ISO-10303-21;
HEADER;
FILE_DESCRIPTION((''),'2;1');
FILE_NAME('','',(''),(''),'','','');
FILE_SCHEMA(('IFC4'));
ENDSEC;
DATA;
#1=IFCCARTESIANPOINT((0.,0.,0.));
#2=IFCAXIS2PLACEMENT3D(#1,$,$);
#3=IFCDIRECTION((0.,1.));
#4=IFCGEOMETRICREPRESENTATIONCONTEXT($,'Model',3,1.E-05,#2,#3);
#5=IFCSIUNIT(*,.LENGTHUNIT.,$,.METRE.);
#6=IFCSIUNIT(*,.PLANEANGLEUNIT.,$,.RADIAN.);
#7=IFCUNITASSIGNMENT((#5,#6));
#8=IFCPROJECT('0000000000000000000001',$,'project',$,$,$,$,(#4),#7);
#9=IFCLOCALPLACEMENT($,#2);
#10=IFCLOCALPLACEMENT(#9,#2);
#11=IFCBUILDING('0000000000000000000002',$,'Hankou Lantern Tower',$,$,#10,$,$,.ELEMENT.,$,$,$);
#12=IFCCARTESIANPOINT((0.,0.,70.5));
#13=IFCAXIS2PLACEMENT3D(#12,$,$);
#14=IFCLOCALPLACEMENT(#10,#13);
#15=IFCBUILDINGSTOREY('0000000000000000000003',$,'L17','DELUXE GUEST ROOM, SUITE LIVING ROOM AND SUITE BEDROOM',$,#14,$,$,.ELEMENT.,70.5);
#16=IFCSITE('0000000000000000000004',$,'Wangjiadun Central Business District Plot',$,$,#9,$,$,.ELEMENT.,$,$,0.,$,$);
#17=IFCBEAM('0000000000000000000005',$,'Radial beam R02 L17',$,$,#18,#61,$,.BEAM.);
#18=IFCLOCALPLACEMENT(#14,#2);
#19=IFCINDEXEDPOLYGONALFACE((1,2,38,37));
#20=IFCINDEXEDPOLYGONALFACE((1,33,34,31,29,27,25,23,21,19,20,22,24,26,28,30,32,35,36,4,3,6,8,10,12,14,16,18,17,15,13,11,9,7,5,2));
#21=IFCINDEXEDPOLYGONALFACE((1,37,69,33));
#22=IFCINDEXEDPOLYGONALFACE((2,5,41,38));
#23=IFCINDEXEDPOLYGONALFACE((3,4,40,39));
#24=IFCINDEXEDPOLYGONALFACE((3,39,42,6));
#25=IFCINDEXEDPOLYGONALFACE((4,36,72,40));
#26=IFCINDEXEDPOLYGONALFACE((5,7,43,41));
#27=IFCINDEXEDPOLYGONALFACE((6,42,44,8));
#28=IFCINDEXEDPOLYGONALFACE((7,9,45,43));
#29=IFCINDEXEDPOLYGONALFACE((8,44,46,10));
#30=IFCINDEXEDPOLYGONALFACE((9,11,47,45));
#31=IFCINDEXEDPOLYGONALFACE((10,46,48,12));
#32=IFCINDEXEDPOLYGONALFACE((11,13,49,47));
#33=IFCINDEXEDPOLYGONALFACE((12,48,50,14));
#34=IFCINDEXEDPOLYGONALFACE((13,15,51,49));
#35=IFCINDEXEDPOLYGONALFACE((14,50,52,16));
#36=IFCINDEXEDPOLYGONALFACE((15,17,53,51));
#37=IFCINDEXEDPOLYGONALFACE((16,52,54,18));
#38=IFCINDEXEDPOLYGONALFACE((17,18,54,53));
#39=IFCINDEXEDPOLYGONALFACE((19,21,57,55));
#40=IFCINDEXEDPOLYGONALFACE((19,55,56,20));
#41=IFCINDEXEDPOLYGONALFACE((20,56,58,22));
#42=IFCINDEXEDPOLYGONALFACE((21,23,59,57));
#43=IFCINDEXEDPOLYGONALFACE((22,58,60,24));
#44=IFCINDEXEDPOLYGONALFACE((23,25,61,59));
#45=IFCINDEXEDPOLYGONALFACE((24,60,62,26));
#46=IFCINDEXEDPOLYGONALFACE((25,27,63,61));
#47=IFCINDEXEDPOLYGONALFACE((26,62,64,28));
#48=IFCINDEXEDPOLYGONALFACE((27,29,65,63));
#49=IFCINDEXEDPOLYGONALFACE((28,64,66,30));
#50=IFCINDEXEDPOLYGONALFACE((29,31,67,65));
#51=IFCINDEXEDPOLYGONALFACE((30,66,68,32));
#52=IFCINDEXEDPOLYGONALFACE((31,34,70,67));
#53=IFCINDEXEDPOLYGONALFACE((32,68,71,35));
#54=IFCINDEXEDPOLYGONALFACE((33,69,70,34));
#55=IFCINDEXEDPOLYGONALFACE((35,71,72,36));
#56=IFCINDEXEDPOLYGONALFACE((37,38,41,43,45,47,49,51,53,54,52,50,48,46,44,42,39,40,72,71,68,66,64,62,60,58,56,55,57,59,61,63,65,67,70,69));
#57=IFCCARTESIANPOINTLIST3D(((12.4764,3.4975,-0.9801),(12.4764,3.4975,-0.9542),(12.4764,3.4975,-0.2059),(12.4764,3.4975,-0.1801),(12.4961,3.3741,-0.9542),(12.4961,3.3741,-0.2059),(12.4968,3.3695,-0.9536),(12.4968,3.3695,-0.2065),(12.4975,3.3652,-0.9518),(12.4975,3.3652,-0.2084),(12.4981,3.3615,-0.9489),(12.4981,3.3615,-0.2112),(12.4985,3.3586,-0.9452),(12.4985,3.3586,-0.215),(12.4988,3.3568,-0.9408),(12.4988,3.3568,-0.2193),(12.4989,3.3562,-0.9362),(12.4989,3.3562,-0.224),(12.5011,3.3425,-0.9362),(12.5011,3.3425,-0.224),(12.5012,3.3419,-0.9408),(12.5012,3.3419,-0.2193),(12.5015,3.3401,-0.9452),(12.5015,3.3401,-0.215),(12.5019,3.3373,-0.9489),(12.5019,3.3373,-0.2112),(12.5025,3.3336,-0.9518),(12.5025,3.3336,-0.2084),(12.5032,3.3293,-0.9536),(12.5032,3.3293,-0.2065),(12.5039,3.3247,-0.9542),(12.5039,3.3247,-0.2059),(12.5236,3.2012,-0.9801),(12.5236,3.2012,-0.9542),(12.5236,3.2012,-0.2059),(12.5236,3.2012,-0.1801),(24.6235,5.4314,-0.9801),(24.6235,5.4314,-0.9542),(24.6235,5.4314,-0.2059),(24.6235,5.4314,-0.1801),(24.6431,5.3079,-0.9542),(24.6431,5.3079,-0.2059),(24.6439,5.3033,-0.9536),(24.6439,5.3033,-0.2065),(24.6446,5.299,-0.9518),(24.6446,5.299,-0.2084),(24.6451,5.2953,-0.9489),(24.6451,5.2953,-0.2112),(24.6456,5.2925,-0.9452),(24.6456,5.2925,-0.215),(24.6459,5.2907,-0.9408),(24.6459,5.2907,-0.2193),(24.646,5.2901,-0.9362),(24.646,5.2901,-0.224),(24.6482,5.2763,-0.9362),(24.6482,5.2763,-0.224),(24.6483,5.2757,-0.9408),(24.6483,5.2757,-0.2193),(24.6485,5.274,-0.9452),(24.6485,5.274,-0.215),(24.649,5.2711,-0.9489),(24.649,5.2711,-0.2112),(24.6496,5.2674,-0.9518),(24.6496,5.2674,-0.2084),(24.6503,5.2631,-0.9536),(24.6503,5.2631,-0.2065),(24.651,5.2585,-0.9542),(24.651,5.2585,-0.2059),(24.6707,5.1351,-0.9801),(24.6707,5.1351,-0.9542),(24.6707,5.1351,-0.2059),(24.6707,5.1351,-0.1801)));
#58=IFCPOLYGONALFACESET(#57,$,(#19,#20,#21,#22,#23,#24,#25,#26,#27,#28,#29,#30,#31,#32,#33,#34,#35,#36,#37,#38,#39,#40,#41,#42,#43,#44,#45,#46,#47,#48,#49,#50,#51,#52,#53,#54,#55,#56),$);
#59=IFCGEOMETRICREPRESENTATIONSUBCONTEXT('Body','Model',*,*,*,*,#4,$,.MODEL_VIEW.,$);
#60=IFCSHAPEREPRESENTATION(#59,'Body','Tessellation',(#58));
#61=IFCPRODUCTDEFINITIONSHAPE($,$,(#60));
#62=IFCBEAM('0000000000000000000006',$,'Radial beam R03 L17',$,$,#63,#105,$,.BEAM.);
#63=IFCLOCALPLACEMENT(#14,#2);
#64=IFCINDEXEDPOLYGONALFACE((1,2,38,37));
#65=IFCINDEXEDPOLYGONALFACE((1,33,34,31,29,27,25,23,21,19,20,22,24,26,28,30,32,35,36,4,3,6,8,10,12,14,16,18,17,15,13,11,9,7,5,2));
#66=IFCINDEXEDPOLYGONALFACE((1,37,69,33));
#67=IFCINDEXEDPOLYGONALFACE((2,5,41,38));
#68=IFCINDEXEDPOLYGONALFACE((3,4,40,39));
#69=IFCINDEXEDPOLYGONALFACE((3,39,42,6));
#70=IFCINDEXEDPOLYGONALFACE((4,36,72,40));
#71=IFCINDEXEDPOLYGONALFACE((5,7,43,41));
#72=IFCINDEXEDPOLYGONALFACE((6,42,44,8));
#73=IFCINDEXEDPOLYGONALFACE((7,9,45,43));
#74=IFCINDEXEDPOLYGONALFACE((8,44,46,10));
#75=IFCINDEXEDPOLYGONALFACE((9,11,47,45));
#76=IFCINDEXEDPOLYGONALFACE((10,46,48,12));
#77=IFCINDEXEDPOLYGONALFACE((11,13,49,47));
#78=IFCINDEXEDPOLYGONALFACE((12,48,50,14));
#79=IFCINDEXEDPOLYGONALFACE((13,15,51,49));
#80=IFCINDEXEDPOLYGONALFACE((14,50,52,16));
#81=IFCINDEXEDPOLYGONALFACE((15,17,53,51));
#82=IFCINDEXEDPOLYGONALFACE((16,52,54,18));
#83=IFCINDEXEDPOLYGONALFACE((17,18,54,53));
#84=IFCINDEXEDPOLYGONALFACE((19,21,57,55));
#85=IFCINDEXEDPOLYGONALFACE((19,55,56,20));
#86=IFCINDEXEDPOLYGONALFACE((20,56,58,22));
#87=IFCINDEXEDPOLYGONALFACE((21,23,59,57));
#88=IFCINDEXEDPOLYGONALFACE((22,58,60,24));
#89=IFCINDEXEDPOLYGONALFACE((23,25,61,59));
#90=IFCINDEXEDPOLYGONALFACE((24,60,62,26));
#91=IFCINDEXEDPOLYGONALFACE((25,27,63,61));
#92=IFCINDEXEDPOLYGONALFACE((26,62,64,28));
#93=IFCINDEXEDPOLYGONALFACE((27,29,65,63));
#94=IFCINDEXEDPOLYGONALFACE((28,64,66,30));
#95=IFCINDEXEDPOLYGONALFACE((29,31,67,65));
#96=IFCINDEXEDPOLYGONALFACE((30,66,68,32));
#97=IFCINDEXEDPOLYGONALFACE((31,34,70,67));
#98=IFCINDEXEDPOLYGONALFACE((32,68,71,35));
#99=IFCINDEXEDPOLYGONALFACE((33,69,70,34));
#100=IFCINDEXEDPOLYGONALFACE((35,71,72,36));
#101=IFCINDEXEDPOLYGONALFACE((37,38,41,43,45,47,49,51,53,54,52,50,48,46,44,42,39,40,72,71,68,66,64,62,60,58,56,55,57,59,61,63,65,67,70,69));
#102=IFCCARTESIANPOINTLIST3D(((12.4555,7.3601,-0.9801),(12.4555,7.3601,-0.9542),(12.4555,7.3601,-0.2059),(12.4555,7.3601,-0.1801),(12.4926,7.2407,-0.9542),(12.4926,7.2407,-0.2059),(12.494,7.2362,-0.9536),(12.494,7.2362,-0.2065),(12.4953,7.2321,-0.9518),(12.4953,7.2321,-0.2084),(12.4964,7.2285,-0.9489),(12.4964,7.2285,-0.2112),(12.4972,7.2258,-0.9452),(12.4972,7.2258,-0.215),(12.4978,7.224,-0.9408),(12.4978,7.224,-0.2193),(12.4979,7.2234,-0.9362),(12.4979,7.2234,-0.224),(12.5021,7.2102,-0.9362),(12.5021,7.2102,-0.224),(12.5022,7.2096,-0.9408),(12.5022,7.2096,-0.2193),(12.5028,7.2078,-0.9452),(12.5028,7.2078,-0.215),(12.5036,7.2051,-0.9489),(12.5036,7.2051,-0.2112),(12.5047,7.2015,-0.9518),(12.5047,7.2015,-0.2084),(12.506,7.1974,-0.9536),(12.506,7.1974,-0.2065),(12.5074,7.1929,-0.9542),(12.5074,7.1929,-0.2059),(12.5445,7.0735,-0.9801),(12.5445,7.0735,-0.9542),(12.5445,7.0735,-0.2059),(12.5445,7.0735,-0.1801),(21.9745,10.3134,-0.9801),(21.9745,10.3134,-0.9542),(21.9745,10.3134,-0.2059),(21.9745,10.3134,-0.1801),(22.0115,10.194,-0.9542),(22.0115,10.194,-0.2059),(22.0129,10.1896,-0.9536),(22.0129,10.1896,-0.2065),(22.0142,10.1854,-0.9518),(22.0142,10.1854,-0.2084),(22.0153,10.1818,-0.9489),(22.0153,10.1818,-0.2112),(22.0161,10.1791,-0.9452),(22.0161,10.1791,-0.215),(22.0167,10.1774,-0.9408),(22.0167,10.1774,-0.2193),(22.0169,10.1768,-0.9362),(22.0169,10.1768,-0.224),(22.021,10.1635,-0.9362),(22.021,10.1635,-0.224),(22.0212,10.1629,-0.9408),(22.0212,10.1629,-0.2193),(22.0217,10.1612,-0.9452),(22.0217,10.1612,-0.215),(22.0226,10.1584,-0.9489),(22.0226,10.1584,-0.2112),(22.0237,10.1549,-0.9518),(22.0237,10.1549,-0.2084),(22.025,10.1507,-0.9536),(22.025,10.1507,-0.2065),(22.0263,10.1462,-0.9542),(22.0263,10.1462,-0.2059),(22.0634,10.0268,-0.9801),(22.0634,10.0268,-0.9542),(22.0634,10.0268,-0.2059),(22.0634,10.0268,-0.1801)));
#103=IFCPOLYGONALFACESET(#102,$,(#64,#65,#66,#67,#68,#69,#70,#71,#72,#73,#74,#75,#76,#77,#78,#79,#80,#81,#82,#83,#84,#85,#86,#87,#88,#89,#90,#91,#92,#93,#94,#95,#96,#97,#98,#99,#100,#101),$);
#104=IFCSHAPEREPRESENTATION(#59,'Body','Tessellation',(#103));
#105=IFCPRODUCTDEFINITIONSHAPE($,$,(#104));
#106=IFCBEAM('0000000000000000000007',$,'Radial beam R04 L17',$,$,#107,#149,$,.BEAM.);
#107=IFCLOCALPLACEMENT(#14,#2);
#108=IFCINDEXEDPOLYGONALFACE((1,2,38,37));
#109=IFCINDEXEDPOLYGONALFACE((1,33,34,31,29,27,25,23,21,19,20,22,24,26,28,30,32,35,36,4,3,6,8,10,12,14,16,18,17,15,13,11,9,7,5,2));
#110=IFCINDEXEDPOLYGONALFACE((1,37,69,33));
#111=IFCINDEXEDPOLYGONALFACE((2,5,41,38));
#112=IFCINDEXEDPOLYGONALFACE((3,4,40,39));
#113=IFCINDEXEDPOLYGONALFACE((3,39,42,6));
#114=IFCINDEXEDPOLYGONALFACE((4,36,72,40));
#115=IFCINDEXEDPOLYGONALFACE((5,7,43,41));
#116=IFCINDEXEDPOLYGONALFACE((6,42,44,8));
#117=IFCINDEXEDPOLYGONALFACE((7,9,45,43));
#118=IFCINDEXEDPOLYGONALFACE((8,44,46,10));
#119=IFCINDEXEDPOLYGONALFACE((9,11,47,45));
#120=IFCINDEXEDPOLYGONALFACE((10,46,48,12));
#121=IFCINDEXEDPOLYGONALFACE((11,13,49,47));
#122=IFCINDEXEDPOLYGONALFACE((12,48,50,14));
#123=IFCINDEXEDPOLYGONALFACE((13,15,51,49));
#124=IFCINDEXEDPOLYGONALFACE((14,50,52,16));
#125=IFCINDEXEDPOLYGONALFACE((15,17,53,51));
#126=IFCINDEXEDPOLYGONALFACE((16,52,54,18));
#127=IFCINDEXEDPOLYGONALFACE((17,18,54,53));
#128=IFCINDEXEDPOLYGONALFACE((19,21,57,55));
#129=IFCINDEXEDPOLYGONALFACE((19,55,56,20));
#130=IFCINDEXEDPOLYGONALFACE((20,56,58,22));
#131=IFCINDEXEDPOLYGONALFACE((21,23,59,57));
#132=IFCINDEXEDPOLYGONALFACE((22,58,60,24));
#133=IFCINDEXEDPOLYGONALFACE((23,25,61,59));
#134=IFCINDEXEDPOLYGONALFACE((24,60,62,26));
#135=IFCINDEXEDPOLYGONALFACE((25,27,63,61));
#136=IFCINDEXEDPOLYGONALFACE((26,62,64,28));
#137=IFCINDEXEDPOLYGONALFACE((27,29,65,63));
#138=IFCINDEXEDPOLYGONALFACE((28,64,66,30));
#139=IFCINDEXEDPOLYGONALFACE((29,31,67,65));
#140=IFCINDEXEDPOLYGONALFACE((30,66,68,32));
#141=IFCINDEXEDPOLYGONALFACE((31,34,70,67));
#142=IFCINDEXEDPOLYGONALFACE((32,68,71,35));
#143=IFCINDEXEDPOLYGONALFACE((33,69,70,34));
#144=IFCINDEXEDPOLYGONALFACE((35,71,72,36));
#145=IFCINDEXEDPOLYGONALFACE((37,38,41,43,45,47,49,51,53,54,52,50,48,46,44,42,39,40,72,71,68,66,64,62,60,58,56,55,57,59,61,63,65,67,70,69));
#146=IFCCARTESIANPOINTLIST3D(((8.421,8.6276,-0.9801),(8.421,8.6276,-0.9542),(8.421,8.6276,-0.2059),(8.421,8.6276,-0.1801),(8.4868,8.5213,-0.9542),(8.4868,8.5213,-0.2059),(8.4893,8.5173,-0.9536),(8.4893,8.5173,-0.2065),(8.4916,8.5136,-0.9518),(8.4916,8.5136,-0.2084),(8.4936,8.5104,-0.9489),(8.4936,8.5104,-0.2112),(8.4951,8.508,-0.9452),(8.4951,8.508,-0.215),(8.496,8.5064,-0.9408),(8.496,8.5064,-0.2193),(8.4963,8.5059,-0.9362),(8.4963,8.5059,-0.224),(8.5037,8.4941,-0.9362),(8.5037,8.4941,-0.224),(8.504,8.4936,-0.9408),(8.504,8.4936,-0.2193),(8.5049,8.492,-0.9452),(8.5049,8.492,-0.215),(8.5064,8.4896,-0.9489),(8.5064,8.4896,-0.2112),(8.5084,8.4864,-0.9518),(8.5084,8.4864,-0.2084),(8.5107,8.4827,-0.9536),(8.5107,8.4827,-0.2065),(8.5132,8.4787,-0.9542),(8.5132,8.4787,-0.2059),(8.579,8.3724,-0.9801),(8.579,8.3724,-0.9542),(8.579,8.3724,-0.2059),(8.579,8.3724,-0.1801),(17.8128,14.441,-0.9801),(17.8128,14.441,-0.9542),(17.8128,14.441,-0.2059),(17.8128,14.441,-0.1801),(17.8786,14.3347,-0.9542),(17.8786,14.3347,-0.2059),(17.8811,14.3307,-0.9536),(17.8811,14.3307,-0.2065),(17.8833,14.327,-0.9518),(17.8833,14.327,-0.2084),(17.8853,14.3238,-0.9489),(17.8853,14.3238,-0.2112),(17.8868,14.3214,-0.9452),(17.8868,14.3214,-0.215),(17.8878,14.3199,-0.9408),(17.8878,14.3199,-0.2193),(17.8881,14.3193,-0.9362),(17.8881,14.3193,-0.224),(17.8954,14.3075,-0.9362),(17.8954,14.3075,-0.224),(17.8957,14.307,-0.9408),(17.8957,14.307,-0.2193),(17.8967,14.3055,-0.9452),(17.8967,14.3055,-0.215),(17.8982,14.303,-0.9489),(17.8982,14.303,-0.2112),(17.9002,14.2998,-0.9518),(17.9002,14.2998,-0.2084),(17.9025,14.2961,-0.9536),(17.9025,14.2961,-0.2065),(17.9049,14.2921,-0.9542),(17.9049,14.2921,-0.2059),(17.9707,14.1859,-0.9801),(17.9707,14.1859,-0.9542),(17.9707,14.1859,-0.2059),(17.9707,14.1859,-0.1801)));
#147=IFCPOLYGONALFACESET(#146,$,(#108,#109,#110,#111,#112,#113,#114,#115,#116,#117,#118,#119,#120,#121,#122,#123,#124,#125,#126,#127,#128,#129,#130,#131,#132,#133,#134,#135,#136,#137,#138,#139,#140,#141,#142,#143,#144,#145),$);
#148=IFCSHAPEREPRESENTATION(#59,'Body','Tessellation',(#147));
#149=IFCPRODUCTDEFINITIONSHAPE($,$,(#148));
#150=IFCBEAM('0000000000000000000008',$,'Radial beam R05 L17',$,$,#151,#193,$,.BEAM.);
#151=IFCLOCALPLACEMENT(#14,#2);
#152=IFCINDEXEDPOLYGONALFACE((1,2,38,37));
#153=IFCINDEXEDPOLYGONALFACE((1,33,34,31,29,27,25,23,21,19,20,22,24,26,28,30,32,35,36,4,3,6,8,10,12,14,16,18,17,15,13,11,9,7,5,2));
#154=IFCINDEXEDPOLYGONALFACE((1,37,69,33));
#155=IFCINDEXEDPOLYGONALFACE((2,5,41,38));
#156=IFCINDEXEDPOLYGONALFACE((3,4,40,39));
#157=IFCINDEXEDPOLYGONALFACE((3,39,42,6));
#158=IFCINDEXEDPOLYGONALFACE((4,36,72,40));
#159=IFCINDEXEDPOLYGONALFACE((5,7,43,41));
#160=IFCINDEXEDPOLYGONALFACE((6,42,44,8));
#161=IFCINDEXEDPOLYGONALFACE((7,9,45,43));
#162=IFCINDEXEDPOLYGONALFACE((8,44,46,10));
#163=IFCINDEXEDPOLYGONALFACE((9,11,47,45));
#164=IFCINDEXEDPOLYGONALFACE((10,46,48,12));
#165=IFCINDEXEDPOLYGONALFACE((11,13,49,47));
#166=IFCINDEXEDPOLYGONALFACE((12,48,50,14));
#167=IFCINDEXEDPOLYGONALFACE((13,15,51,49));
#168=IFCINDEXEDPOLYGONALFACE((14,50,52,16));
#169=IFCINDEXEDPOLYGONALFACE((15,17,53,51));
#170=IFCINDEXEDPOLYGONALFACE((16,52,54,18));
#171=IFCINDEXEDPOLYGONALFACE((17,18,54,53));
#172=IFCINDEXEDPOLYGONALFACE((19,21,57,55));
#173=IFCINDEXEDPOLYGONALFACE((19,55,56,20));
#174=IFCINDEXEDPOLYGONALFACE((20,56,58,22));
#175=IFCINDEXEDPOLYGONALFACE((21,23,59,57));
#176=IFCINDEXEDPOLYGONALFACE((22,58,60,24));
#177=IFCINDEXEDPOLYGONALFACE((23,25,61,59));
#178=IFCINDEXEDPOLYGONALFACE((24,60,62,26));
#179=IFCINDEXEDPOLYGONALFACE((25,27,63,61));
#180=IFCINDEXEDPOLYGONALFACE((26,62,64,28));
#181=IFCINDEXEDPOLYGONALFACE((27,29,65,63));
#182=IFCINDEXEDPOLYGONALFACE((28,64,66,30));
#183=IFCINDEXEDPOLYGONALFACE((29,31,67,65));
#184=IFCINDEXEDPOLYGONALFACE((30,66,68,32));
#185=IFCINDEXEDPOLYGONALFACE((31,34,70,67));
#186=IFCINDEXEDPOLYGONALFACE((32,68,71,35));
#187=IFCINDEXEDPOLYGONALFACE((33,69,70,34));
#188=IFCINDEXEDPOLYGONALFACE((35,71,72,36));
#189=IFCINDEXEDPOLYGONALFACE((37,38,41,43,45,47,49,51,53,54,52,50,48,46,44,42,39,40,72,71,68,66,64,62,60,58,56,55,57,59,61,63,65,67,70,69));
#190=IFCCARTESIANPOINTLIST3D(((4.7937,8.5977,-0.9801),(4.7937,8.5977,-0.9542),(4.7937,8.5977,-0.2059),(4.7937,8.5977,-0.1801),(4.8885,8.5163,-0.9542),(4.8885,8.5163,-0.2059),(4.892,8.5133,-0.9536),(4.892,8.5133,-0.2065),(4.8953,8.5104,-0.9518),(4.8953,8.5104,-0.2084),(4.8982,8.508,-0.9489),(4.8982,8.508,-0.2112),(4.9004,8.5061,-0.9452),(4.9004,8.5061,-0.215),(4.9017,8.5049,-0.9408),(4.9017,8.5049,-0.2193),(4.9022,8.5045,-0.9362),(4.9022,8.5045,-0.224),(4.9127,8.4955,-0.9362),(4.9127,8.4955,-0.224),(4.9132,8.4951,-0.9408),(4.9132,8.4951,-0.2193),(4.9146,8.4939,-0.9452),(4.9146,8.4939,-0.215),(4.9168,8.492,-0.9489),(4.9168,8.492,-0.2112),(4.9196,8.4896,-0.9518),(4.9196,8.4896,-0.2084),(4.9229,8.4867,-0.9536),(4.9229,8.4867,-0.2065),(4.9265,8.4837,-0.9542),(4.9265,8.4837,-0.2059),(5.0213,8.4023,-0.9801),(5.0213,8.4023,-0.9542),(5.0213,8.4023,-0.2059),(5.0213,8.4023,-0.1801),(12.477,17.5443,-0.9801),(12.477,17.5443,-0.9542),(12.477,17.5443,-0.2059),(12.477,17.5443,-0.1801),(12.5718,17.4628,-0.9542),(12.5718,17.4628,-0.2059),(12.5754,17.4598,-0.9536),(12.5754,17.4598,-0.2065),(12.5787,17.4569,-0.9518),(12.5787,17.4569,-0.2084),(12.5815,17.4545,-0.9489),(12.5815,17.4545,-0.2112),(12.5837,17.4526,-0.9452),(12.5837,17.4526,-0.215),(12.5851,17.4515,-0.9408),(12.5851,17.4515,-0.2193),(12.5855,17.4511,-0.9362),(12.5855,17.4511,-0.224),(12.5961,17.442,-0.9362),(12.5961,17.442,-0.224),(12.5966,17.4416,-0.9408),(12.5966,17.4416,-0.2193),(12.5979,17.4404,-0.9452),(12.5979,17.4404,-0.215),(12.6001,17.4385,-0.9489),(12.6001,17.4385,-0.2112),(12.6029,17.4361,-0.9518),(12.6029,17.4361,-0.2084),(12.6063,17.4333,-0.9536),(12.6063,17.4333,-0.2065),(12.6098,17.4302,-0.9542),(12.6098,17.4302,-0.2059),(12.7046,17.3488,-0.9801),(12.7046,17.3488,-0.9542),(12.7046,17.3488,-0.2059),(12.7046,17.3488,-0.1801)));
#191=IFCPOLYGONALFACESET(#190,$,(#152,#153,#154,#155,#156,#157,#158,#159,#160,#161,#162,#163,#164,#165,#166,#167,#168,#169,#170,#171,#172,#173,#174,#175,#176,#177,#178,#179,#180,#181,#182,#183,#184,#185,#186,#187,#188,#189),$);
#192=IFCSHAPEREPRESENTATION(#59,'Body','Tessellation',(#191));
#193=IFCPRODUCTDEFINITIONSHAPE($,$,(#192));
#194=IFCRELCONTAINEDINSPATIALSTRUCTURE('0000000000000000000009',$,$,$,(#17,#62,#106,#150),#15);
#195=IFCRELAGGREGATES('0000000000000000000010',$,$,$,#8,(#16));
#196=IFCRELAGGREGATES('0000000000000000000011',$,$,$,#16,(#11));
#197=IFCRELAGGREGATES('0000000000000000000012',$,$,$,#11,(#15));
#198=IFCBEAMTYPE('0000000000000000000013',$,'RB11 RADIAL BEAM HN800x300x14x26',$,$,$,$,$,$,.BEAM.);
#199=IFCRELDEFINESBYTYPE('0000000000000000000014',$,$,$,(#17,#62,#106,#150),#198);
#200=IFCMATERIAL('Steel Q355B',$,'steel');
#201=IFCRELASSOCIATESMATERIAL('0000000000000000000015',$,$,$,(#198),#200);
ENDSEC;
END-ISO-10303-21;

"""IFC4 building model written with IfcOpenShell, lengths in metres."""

from ifc_helpers import new_model, si_unit, direction, frame, origin, origin_2d, place, context, subcontext, project, spatial, i_section, extrude, material, material_profile, profile_set, type_object, element, save


model = new_model("IFC4")

# Units and contexts
model_context = context("Model", 3, precision=1e-05, world=origin(), true_north=direction((0.0, 1.0)))
body_context = subcontext(model_context, "Body", "Model", "MODEL_VIEW")
ifc_project = project(units=[si_unit("LENGTHUNIT", "METRE"), si_unit("PLANEANGLEUNIT", "RADIAN")], contexts=[model_context])

# Site, building, storey
site_placement = place(None, origin())
site = spatial("IfcSite", under=ifc_project, at=site_placement, Name="Wangjiadun Central Business District Plot", CompositionType="ELEMENT", RefElevation=0.0)
building_placement = place(site_placement, origin())
building = spatial("IfcBuilding", under=site, at=building_placement, Name="Hankou Lantern Tower", CompositionType="ELEMENT")
storey_placement = place(building_placement, frame((0.0, 0.0, 70.5)))
storey = spatial("IfcBuildingStorey", under=building, at=storey_placement, Name="L17", Description="DELUXE GUEST ROOM, SUITE LIVING ROOM AND SUITE BEDROOM", CompositionType="ELEMENT", Elevation=70.5)

# Beams
ifc_material_1 = material(Name="Steel Q355B", Category="steel")
ifc_material_profile_1 = material_profile(ifc_material_1, i_section(OverallWidth=0.3, OverallDepth=0.8, WebThickness=0.0139, FlangeThickness=0.0259, FilletRadius=0.0181, at=origin_2d()), Name="HN800x300x14x26")
ifc_profile_set_1 = profile_set([ifc_material_profile_1], Name="Steel Q355B")
beam_type_1 = type_object("IfcBeamType", Name="RB11 RADIAL BEAM HN800x300x14x26", PredefinedType="BEAM", material=ifc_profile_set_1)
beam_1_placement = place(storey_placement, frame((12.5, 3.3494, -0.5801), z_axis=(0.987563, 0.157223, 0.0), x_axis=(-0.157223, 0.987563, 0.0)))
element("IfcBeam", 1, at=beam_1_placement, inside=storey, type_object=beam_type_1, Name="Radial beam R02 L17", PredefinedType="BEAM", context=body_context, shape_type="SweptSolid", body=[
    extrude(i_section(OverallWidth=0.3, OverallDepth=0.8, WebThickness=0.0139, FlangeThickness=0.0259, FilletRadius=0.0181, at=origin_2d()), origin(), (0.0, 0.0, 1.0), 12.3),
])
beam_2_placement = place(storey_placement, frame((12.5, 7.2168, -0.5801), z_axis=(0.955087, 0.296324, 0.0), x_axis=(-0.296324, 0.955087, 0.0)))
element("IfcBeam", 2, at=beam_2_placement, inside=storey, type_object=beam_type_1, Name="Radial beam R03 L17", PredefinedType="BEAM", context=body_context, shape_type="SweptSolid", body=[
    extrude(i_section(OverallWidth=0.3, OverallDepth=0.8, WebThickness=0.0139, FlangeThickness=0.0259, FilletRadius=0.0181, at=origin_2d()), origin(), (0.0, 0.0, 1.0), 9.9666),
])
beam_3_placement = place(storey_placement, frame((8.5, 8.5, -0.5801), z_axis=(0.850286, 0.52632, 0.0), x_axis=(-0.52632, 0.850286, 0.0)))
element("IfcBeam", 3, at=beam_3_placement, inside=storey, type_object=beam_type_1, Name="Radial beam R04 L17", PredefinedType="BEAM", context=body_context, shape_type="SweptSolid", body=[
    extrude(i_section(OverallWidth=0.3, OverallDepth=0.8, WebThickness=0.0139, FlangeThickness=0.0259, FilletRadius=0.0181, at=origin_2d()), origin(), (0.0, 0.0, 1.0), 11.0454),
])
beam_4_placement = place(storey_placement, frame((4.9075, 8.5, -0.5801), z_axis=(0.651519, 0.758632, 0.0), x_axis=(-0.758632, 0.651519, 0.0)))
element("IfcBeam", 4, at=beam_4_placement, inside=storey, type_object=beam_type_1, Name="Radial beam R05 L17", PredefinedType="BEAM", context=body_context, shape_type="SweptSolid", body=[
    extrude(i_section(OverallWidth=0.3, OverallDepth=0.8, WebThickness=0.0139, FlangeThickness=0.0259, FilletRadius=0.0181, at=origin_2d()), origin(), (0.0, 0.0, 1.0), 11.793),
])

save(model, "model.ifc")
